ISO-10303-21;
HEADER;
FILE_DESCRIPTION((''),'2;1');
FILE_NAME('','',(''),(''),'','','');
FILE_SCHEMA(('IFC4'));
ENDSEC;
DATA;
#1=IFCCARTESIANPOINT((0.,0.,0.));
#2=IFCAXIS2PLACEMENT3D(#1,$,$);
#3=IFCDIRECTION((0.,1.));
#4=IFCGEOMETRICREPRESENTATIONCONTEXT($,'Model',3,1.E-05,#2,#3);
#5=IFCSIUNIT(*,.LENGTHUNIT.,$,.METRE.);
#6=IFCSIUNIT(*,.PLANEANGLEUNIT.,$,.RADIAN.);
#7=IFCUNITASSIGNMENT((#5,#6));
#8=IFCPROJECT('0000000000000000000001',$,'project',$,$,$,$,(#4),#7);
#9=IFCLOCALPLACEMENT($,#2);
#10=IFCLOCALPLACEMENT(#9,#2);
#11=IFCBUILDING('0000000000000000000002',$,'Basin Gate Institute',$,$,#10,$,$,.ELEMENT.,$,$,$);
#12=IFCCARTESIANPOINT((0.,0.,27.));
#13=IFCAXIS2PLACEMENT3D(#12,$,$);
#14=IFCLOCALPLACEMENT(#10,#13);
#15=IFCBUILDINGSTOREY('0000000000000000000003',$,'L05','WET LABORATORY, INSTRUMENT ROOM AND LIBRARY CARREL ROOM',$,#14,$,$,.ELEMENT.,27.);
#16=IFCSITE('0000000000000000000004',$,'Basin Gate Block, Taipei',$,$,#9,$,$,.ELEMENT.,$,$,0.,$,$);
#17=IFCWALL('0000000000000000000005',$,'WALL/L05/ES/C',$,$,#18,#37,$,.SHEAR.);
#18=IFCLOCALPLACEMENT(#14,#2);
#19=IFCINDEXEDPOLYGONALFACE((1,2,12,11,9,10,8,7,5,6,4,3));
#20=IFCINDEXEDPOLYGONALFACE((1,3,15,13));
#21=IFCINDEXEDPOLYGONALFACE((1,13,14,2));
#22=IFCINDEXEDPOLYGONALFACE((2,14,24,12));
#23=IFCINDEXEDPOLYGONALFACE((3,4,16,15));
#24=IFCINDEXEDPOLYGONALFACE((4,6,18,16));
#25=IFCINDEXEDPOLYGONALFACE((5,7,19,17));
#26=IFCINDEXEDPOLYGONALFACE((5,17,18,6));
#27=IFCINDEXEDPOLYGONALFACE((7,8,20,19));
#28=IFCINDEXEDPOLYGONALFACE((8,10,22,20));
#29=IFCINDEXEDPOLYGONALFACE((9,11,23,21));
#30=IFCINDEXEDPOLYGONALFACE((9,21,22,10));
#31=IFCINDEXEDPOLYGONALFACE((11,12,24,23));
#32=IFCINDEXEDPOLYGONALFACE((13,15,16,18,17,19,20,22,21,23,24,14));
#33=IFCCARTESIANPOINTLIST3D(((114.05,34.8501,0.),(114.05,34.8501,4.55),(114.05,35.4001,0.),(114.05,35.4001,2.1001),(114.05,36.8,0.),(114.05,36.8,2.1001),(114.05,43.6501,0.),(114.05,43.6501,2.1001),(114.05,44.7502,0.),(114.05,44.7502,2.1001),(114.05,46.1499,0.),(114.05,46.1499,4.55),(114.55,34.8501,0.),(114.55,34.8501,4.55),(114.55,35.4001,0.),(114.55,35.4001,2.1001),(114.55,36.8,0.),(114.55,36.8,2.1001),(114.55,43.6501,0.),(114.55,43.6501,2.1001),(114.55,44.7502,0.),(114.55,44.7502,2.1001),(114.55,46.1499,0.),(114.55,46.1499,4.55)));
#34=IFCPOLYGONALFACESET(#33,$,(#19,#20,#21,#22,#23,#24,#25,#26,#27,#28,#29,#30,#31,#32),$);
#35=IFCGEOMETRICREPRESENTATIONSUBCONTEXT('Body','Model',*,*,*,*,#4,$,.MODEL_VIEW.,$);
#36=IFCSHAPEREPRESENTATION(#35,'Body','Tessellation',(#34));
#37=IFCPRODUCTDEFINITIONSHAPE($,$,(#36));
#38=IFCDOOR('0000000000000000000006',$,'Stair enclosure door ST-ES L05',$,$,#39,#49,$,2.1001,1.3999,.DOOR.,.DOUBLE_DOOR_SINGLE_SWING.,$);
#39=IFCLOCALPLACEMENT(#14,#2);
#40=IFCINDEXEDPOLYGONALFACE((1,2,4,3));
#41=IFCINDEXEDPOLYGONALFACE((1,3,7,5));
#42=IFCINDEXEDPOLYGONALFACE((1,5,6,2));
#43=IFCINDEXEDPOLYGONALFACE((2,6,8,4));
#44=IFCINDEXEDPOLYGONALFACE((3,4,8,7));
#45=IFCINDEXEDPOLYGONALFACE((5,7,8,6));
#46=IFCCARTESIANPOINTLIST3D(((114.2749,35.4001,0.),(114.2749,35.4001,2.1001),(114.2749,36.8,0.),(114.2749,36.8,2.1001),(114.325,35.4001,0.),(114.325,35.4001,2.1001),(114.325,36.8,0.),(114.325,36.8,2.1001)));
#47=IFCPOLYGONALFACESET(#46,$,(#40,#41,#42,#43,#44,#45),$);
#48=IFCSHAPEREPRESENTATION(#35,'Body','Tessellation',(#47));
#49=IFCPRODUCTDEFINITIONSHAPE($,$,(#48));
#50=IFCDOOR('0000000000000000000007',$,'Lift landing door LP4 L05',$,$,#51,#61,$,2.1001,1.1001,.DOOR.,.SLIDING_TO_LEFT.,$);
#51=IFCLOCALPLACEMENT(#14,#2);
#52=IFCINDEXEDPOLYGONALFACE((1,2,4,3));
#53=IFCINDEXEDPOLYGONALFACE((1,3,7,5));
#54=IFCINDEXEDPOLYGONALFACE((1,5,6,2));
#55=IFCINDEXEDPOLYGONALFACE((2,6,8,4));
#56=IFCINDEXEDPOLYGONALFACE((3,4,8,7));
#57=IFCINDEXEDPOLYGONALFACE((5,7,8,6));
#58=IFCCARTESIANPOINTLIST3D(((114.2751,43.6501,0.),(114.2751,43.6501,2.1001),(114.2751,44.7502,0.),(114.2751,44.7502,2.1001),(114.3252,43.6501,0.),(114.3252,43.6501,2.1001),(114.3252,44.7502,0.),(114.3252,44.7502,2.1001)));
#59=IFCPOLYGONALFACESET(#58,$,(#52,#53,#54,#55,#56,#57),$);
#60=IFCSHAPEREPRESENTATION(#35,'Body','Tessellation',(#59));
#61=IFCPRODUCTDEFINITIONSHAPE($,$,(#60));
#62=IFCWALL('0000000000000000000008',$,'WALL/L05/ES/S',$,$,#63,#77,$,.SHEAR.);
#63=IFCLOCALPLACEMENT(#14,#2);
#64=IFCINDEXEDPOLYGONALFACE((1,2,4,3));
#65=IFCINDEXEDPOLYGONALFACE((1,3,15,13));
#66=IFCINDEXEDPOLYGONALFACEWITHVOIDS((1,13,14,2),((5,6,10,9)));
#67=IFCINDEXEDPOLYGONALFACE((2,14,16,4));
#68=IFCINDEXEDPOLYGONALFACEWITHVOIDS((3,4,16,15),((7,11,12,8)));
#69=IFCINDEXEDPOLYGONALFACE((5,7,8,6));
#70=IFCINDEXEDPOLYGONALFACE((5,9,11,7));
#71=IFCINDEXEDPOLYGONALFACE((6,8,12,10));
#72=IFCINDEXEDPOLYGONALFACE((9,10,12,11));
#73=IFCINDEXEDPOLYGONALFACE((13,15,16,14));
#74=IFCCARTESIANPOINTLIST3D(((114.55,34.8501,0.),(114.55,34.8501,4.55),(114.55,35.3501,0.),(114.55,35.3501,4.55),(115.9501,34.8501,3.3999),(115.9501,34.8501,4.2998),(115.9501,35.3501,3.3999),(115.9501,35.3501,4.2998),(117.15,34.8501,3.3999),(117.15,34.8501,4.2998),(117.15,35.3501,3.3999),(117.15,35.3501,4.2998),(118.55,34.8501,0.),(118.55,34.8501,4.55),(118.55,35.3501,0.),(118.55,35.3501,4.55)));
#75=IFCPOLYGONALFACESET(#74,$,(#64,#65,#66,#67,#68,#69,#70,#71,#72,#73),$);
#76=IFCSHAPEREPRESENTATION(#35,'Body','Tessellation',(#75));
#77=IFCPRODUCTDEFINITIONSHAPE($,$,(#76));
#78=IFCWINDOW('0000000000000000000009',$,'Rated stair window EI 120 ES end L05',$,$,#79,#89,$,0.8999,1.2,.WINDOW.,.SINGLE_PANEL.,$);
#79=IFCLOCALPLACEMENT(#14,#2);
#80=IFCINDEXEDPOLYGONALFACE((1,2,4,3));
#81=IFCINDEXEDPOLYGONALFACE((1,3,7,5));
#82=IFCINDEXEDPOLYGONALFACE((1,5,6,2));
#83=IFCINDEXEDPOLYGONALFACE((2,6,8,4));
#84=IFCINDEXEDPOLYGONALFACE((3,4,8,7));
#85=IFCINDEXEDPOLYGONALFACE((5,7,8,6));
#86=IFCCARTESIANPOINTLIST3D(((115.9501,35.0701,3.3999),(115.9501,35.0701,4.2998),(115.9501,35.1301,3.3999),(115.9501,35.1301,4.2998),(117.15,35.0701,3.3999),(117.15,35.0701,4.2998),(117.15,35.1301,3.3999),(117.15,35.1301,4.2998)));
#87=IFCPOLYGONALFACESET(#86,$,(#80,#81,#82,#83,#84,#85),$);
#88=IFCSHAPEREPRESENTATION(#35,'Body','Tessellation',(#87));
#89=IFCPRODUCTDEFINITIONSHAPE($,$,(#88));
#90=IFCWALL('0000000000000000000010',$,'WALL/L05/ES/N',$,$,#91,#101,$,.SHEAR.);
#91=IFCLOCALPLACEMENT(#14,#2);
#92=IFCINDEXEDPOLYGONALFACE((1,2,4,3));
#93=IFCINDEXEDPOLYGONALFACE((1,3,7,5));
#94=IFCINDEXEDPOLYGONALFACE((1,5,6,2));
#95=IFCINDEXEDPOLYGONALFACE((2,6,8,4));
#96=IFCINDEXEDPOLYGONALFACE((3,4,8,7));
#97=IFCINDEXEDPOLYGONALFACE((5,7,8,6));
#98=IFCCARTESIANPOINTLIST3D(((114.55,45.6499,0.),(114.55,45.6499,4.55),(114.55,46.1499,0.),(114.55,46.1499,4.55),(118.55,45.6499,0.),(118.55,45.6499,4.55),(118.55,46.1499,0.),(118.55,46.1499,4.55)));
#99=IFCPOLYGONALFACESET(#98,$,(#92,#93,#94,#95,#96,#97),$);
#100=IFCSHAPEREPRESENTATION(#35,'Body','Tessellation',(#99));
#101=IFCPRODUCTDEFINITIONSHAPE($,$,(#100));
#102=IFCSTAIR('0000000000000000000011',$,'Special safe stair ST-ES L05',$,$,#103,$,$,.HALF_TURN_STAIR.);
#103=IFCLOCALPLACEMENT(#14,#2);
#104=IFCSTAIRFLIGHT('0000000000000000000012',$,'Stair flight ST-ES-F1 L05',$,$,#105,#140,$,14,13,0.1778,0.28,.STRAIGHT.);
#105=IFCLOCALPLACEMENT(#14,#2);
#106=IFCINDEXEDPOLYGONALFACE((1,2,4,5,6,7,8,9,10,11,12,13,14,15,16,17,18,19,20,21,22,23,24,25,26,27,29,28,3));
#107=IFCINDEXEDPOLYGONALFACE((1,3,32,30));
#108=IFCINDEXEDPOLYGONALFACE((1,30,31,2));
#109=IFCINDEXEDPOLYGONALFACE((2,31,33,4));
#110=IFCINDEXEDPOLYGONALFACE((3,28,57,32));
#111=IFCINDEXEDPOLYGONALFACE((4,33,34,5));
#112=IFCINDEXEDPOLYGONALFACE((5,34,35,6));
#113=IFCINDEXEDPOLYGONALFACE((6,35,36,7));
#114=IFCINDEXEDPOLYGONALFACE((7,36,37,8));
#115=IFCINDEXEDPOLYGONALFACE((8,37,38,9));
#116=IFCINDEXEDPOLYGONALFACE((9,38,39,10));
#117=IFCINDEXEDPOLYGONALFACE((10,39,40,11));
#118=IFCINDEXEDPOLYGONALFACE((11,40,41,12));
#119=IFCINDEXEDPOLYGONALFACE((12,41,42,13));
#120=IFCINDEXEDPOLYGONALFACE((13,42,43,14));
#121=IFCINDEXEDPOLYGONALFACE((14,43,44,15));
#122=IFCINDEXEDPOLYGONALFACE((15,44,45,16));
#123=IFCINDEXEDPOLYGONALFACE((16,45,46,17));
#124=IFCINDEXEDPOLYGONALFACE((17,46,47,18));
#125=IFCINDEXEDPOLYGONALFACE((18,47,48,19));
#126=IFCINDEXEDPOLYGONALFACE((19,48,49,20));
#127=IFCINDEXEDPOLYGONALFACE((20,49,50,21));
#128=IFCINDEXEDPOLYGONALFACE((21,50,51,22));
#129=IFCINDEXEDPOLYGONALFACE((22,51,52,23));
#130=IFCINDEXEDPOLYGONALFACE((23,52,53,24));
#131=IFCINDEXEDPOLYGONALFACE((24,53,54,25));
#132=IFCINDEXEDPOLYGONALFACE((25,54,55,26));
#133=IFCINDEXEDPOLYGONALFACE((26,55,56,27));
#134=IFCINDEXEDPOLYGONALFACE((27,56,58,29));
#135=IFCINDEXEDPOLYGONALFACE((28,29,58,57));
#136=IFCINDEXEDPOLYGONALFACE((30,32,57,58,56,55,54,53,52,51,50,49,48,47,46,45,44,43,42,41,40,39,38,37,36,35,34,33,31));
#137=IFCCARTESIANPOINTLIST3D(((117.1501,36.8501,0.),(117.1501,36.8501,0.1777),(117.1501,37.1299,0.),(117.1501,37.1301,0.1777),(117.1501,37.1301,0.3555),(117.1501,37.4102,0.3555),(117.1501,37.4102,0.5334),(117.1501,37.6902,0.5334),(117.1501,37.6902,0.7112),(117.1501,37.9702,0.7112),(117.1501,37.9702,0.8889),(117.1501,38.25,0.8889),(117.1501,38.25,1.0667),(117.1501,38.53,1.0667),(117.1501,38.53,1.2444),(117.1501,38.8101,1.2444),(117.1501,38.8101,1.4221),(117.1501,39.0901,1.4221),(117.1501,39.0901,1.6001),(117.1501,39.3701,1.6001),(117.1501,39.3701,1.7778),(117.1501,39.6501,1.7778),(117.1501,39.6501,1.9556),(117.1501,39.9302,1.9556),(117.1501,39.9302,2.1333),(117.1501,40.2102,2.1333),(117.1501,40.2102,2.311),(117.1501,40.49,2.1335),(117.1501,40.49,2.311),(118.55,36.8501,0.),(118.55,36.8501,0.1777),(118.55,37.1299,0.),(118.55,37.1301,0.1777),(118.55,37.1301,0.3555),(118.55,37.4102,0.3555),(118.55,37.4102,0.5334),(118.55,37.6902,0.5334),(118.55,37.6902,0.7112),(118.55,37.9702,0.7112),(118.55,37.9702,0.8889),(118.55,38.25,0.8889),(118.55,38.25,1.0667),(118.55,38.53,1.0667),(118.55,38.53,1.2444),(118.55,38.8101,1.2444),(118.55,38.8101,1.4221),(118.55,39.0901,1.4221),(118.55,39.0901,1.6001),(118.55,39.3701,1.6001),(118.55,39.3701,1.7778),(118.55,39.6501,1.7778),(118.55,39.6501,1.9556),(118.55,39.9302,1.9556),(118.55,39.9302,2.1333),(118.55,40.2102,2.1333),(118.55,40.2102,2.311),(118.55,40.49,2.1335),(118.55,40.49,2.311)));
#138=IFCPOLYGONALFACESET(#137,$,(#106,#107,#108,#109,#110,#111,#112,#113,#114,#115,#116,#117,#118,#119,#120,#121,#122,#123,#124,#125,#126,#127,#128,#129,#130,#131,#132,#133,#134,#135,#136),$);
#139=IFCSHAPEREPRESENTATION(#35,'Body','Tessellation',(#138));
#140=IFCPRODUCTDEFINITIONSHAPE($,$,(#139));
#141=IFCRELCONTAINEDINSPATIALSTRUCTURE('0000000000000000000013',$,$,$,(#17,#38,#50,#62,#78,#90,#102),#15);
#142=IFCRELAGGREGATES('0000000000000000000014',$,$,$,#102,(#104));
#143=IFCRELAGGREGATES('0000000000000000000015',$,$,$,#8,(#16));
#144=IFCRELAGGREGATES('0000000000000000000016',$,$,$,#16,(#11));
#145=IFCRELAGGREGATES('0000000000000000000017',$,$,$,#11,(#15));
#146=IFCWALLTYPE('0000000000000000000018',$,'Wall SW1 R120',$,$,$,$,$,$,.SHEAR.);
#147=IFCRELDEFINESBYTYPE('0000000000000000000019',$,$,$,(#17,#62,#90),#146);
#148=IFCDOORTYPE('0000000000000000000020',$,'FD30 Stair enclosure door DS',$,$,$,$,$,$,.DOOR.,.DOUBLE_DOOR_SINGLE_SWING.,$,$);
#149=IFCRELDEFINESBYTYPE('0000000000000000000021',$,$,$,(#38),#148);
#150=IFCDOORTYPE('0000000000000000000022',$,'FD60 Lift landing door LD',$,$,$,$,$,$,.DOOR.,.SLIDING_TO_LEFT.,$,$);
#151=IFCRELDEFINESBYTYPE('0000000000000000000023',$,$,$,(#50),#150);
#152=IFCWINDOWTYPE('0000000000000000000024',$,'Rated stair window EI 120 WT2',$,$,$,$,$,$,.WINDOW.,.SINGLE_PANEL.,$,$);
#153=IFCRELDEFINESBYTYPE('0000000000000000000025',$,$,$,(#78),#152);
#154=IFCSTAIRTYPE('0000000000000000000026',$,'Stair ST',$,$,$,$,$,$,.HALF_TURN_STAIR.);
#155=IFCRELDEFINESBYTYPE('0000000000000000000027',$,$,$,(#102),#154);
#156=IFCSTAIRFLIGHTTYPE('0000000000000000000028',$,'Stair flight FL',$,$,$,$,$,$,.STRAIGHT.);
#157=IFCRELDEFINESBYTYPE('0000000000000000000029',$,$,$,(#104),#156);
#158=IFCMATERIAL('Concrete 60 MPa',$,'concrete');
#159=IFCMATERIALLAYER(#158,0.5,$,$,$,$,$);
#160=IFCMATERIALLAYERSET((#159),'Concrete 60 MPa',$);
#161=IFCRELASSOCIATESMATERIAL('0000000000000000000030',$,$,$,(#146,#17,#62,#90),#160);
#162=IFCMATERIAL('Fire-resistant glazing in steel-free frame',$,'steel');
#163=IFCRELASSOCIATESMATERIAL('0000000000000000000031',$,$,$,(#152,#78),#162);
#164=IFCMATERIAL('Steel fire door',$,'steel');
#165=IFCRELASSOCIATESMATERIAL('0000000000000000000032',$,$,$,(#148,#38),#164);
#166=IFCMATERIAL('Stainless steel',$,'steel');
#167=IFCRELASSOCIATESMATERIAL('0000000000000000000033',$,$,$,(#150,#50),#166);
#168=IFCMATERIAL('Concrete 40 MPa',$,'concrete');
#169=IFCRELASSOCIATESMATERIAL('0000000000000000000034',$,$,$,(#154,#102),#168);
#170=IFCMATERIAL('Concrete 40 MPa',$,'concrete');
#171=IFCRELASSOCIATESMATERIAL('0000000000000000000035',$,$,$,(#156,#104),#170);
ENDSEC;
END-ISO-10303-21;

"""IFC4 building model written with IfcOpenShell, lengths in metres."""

from ifc_helpers import new_model, si_unit, direction, frame, frame_2d, origin, place, context, subcontext, project, spatial, polyline, rectangle, outline, extrude, material, layer, layer_set, type_object, element, fill, aggregate, save


model = new_model("IFC4")

# Units and contexts
model_context = context("Model", 3, precision=1e-05, world=origin(), true_north=direction((0.0, 1.0)))
body_context = subcontext(model_context, "Body", "Model", "MODEL_VIEW")
ifc_project = project(units=[si_unit("LENGTHUNIT", "METRE"), si_unit("PLANEANGLEUNIT", "RADIAN")], contexts=[model_context])

# Site, building, storey
site_placement = place(None, origin())
site = spatial("IfcSite", under=ifc_project, at=site_placement, Name="Basin Gate Block, Taipei", CompositionType="ELEMENT", RefElevation=0.0)
building_placement = place(site_placement, origin())
building = spatial("IfcBuilding", under=site, at=building_placement, Name="Basin Gate Institute", CompositionType="ELEMENT")
storey_placement = place(building_placement, frame((0.0, 0.0, 27.0)))
storey = spatial("IfcBuildingStorey", under=building, at=storey_placement, Name="L05", Description="WET LABORATORY, INSTRUMENT ROOM AND LIBRARY CARREL ROOM", CompositionType="ELEMENT", Elevation=27.0)

# Shared definitions
ifc_material_1 = material(Name="Concrete 60 MPa", Category="concrete")
ifc_layer_1 = layer(ifc_material_1, 0.5)
ifc_layer_set_1 = layer_set([ifc_layer_1], Name="Concrete 60 MPa")
wall_type_1 = type_object("IfcWallType", Name="Wall SW1 R120", PredefinedType="SHEAR", material=ifc_layer_set_1)
ifc_material_2 = material(Name="Fire-resistant glazing in steel-free frame", Category="steel")
window_type_1 = type_object("IfcWindowType", Name="Rated stair window EI 120 WT2", PartitioningType="SINGLE_PANEL", PredefinedType="WINDOW", material=ifc_material_2)

# Wall, openings, doors
wall_1_placement = place(storey_placement, frame((114.3, 34.8501, 0.0), z_axis=(0.0, 0.0, 1.0), x_axis=(0.0, 1.0, 0.0)))
wall_1 = element("IfcWall", 1, at=wall_1_placement, inside=storey, type_object=wall_type_1, material=ifc_layer_set_1, Name="WALL/L05/ES/C", PredefinedType="SHEAR", context=body_context, shape_type="SweptSolid", body=[
    extrude(rectangle(XDim=11.2998, YDim=0.5, at=frame_2d((5.6499, 0.0))), origin(), (0.0, 0.0, 1.0), 4.55),
])
opening_1_placement = place(wall_1_placement, frame((0.55, 0.0, 0.0)))
opening_1 = element("IfcOpeningElement", 2, at=opening_1_placement, cuts=wall_1, PredefinedType="OPENING", context=body_context, shape_type="SweptSolid", body=[
    extrude(rectangle(XDim=1.3999, YDim=2.1001, at=frame_2d((0.7, 1.05))), frame((0.0, 0.26, 0.0), z_axis=(0.0, -1.0, 0.0), x_axis=(1.0, 0.0, 0.0)), (0.0, 0.0, 1.0), 0.52),
])
opening_2_placement = place(wall_1_placement, frame((8.8, 0.0, 0.0)))
opening_2 = element("IfcOpeningElement", 3, at=opening_2_placement, cuts=wall_1, PredefinedType="OPENING", context=body_context, shape_type="SweptSolid", body=[
    extrude(rectangle(XDim=1.1001, YDim=2.1001, at=frame_2d((0.55, 1.05))), frame((0.0, 0.26, 0.0), z_axis=(0.0, -1.0, 0.0), x_axis=(1.0, 0.0, 0.0)), (0.0, 0.0, 1.0), 0.52),
])
ifc_material_3 = material(Name="Steel fire door", Category="steel")
door_type_1 = type_object("IfcDoorType", Name="FD30 Stair enclosure door DS", OperationType="DOUBLE_DOOR_SINGLE_SWING", PredefinedType="DOOR", material=ifc_material_3)
door_1_placement = place(opening_1_placement, frame((1.3999, 0.0, 0.0), z_axis=(0.0, 0.0, 1.0), x_axis=(-1.0, 0.0, 0.0)))
door_1 = element("IfcDoor", 4, at=door_1_placement, inside=storey, type_object=door_type_1, material=ifc_material_3, Name="Stair enclosure door ST-ES L05", OperationType="DOUBLE_DOOR_SINGLE_SWING", OverallHeight=2.1001, OverallWidth=1.3999, PredefinedType="DOOR", context=body_context, shape_type="SweptSolid", body=[
    extrude(rectangle(XDim=1.3999, YDim=2.1001, at=frame_2d((0.7, 1.05))), frame((0.0, 0.0249, 0.0), z_axis=(0.0, -1.0, 0.0), x_axis=(1.0, 0.0, 0.0)), (0.0, 0.0, 1.0), 0.05),
])
fill(opening_1, door_1)
ifc_material_4 = material(Name="Stainless steel", Category="steel")
door_type_2 = type_object("IfcDoorType", Name="FD60 Lift landing door LD", OperationType="SLIDING_TO_LEFT", PredefinedType="DOOR", material=ifc_material_4)
door_2_placement = place(opening_2_placement, origin())
door_2 = element("IfcDoor", 5, at=door_2_placement, inside=storey, type_object=door_type_2, material=ifc_material_4, Name="Lift landing door LP4 L05", OperationType="SLIDING_TO_LEFT", OverallHeight=2.1001, OverallWidth=1.1001, PredefinedType="DOOR", context=body_context, shape_type="SweptSolid", body=[
    extrude(rectangle(XDim=1.1001, YDim=2.1001, at=frame_2d((0.55, 1.05))), frame((0.0, 0.0249, 0.0), z_axis=(0.0, -1.0, 0.0), x_axis=(1.0, 0.0, 0.0)), (0.0, 0.0, 1.0), 0.05),
])
fill(opening_2, door_2)

# Wall, opening, window
wall_2_placement = place(storey_placement, frame((118.55, 35.1001, 0.0), z_axis=(0.0, 0.0, 1.0), x_axis=(-1.0, 0.0, 0.0)))
wall_2 = element("IfcWall", 6, at=wall_2_placement, inside=storey, type_object=wall_type_1, material=ifc_layer_set_1, Name="WALL/L05/ES/S", PredefinedType="SHEAR", context=body_context, shape_type="SweptSolid", body=[
    extrude(rectangle(XDim=4.0, YDim=0.5, at=frame_2d((2.0, 0.0))), origin(), (0.0, 0.0, 1.0), 4.55),
])
opening_3_placement = place(wall_2_placement, frame((1.3999, 0.0, 3.3999)))
opening_3 = element("IfcOpeningElement", 7, at=opening_3_placement, cuts=wall_2, PredefinedType="OPENING", context=body_context, shape_type="SweptSolid", body=[
    extrude(rectangle(XDim=1.2, YDim=0.8999, at=frame_2d((0.6001, 0.45))), frame((0.0, 0.26, 0.0), z_axis=(0.0, -1.0, 0.0), x_axis=(1.0, 0.0, 0.0)), (0.0, 0.0, 1.0), 0.52),
])
window_1_placement = place(opening_3_placement, origin())
window_1 = element("IfcWindow", 8, at=window_1_placement, inside=storey, type_object=window_type_1, material=ifc_material_2, Name="Rated stair window EI 120 ES end L05", OverallHeight=0.8999, OverallWidth=1.2, PartitioningType="SINGLE_PANEL", PredefinedType="WINDOW", context=body_context, shape_type="SweptSolid", body=[
    extrude(rectangle(XDim=1.2, YDim=0.8999, at=frame_2d((0.6001, 0.45))), frame((0.0, 0.03, 0.0), z_axis=(0.0, -1.0, 0.0), x_axis=(1.0, 0.0, 0.0)), (0.0, 0.0, 1.0), 0.0601),
])
fill(opening_3, window_1)

# Wall
wall_3_placement = place(storey_placement, frame((118.55, 45.8999, 0.0), z_axis=(0.0, 0.0, 1.0), x_axis=(-1.0, 0.0, 0.0)))
element("IfcWall", 9, at=wall_3_placement, inside=storey, type_object=wall_type_1, material=ifc_layer_set_1, Name="WALL/L05/ES/N", PredefinedType="SHEAR", context=body_context, shape_type="SweptSolid", body=[
    extrude(rectangle(XDim=4.0, YDim=0.5, at=frame_2d((2.0, 0.0))), origin(), (0.0, 0.0, 1.0), 4.55),
])

# Stair, stair flight
ifc_material_5 = material(Name="Concrete 40 MPa", Category="concrete")
stair_type = type_object("IfcStairType", Name="Stair ST", PredefinedType="HALF_TURN_STAIR", material=ifc_material_5)
stair_placement = place(storey_placement, origin())
stair = element("IfcStair", 10, at=stair_placement, inside=storey, type_object=stair_type, material=ifc_material_5, Name="Special safe stair ST-ES L05", PredefinedType="HALF_TURN_STAIR")
ifc_material_6 = material(Name="Concrete 40 MPa", Category="concrete")
stair_flight_type = type_object("IfcStairFlightType", Name="Stair flight FL", PredefinedType="STRAIGHT", material=ifc_material_6)
stair_flight_1_placement = place(storey_placement, frame((117.8501, 36.8501, 0.0), z_axis=(0.0, 0.0, 1.0), x_axis=(0.0, 1.0, 0.0)))
stair_flight_1 = element("IfcStairFlight", 11, at=stair_flight_1_placement, type_object=stair_flight_type, material=ifc_material_6, Name="Stair flight ST-ES-F1 L05", NumberOfRisers=14, NumberOfTreads=13, PredefinedType="STRAIGHT", RiserHeight=0.1778, TreadLength=0.28, context=body_context, shape_type="SweptSolid", body=[
    extrude(outline(polyline([(0.0, 0.0), (0.0, 0.1777), (0.28, 0.1777), (0.28, 0.3555), (0.5601, 0.3555), (0.5601, 0.5334), (0.8401, 0.5334), (0.8401, 0.7112), (1.1201, 0.7112), (1.1201, 0.8889), (1.3999, 0.8889), (1.3999, 1.0667), (1.6799, 1.0667), (1.6799, 1.2444), (1.96, 1.2444), (1.96, 1.4221), (2.24, 1.4221), (2.24, 1.6001), (2.52, 1.6001), (2.52, 1.7778), (2.8, 1.7778), (2.8, 1.9556), (3.0801, 1.9556), (3.0801, 2.1333), (3.3601, 2.1333), (3.3601, 2.311), (3.6399, 2.311), (3.6399, 2.4888), (3.6399, 2.1335), (0.2798, 0.0), (0.0, 0.0)])), frame((0.0, 0.7, 0.0), z_axis=(0.0, -1.0, 0.0), x_axis=(1.0, 0.0, 0.0)), (0.0, 0.0, 1.0), 1.3999),
])
aggregate(stair, [stair_flight_1])

save(model, "model.ifc")
